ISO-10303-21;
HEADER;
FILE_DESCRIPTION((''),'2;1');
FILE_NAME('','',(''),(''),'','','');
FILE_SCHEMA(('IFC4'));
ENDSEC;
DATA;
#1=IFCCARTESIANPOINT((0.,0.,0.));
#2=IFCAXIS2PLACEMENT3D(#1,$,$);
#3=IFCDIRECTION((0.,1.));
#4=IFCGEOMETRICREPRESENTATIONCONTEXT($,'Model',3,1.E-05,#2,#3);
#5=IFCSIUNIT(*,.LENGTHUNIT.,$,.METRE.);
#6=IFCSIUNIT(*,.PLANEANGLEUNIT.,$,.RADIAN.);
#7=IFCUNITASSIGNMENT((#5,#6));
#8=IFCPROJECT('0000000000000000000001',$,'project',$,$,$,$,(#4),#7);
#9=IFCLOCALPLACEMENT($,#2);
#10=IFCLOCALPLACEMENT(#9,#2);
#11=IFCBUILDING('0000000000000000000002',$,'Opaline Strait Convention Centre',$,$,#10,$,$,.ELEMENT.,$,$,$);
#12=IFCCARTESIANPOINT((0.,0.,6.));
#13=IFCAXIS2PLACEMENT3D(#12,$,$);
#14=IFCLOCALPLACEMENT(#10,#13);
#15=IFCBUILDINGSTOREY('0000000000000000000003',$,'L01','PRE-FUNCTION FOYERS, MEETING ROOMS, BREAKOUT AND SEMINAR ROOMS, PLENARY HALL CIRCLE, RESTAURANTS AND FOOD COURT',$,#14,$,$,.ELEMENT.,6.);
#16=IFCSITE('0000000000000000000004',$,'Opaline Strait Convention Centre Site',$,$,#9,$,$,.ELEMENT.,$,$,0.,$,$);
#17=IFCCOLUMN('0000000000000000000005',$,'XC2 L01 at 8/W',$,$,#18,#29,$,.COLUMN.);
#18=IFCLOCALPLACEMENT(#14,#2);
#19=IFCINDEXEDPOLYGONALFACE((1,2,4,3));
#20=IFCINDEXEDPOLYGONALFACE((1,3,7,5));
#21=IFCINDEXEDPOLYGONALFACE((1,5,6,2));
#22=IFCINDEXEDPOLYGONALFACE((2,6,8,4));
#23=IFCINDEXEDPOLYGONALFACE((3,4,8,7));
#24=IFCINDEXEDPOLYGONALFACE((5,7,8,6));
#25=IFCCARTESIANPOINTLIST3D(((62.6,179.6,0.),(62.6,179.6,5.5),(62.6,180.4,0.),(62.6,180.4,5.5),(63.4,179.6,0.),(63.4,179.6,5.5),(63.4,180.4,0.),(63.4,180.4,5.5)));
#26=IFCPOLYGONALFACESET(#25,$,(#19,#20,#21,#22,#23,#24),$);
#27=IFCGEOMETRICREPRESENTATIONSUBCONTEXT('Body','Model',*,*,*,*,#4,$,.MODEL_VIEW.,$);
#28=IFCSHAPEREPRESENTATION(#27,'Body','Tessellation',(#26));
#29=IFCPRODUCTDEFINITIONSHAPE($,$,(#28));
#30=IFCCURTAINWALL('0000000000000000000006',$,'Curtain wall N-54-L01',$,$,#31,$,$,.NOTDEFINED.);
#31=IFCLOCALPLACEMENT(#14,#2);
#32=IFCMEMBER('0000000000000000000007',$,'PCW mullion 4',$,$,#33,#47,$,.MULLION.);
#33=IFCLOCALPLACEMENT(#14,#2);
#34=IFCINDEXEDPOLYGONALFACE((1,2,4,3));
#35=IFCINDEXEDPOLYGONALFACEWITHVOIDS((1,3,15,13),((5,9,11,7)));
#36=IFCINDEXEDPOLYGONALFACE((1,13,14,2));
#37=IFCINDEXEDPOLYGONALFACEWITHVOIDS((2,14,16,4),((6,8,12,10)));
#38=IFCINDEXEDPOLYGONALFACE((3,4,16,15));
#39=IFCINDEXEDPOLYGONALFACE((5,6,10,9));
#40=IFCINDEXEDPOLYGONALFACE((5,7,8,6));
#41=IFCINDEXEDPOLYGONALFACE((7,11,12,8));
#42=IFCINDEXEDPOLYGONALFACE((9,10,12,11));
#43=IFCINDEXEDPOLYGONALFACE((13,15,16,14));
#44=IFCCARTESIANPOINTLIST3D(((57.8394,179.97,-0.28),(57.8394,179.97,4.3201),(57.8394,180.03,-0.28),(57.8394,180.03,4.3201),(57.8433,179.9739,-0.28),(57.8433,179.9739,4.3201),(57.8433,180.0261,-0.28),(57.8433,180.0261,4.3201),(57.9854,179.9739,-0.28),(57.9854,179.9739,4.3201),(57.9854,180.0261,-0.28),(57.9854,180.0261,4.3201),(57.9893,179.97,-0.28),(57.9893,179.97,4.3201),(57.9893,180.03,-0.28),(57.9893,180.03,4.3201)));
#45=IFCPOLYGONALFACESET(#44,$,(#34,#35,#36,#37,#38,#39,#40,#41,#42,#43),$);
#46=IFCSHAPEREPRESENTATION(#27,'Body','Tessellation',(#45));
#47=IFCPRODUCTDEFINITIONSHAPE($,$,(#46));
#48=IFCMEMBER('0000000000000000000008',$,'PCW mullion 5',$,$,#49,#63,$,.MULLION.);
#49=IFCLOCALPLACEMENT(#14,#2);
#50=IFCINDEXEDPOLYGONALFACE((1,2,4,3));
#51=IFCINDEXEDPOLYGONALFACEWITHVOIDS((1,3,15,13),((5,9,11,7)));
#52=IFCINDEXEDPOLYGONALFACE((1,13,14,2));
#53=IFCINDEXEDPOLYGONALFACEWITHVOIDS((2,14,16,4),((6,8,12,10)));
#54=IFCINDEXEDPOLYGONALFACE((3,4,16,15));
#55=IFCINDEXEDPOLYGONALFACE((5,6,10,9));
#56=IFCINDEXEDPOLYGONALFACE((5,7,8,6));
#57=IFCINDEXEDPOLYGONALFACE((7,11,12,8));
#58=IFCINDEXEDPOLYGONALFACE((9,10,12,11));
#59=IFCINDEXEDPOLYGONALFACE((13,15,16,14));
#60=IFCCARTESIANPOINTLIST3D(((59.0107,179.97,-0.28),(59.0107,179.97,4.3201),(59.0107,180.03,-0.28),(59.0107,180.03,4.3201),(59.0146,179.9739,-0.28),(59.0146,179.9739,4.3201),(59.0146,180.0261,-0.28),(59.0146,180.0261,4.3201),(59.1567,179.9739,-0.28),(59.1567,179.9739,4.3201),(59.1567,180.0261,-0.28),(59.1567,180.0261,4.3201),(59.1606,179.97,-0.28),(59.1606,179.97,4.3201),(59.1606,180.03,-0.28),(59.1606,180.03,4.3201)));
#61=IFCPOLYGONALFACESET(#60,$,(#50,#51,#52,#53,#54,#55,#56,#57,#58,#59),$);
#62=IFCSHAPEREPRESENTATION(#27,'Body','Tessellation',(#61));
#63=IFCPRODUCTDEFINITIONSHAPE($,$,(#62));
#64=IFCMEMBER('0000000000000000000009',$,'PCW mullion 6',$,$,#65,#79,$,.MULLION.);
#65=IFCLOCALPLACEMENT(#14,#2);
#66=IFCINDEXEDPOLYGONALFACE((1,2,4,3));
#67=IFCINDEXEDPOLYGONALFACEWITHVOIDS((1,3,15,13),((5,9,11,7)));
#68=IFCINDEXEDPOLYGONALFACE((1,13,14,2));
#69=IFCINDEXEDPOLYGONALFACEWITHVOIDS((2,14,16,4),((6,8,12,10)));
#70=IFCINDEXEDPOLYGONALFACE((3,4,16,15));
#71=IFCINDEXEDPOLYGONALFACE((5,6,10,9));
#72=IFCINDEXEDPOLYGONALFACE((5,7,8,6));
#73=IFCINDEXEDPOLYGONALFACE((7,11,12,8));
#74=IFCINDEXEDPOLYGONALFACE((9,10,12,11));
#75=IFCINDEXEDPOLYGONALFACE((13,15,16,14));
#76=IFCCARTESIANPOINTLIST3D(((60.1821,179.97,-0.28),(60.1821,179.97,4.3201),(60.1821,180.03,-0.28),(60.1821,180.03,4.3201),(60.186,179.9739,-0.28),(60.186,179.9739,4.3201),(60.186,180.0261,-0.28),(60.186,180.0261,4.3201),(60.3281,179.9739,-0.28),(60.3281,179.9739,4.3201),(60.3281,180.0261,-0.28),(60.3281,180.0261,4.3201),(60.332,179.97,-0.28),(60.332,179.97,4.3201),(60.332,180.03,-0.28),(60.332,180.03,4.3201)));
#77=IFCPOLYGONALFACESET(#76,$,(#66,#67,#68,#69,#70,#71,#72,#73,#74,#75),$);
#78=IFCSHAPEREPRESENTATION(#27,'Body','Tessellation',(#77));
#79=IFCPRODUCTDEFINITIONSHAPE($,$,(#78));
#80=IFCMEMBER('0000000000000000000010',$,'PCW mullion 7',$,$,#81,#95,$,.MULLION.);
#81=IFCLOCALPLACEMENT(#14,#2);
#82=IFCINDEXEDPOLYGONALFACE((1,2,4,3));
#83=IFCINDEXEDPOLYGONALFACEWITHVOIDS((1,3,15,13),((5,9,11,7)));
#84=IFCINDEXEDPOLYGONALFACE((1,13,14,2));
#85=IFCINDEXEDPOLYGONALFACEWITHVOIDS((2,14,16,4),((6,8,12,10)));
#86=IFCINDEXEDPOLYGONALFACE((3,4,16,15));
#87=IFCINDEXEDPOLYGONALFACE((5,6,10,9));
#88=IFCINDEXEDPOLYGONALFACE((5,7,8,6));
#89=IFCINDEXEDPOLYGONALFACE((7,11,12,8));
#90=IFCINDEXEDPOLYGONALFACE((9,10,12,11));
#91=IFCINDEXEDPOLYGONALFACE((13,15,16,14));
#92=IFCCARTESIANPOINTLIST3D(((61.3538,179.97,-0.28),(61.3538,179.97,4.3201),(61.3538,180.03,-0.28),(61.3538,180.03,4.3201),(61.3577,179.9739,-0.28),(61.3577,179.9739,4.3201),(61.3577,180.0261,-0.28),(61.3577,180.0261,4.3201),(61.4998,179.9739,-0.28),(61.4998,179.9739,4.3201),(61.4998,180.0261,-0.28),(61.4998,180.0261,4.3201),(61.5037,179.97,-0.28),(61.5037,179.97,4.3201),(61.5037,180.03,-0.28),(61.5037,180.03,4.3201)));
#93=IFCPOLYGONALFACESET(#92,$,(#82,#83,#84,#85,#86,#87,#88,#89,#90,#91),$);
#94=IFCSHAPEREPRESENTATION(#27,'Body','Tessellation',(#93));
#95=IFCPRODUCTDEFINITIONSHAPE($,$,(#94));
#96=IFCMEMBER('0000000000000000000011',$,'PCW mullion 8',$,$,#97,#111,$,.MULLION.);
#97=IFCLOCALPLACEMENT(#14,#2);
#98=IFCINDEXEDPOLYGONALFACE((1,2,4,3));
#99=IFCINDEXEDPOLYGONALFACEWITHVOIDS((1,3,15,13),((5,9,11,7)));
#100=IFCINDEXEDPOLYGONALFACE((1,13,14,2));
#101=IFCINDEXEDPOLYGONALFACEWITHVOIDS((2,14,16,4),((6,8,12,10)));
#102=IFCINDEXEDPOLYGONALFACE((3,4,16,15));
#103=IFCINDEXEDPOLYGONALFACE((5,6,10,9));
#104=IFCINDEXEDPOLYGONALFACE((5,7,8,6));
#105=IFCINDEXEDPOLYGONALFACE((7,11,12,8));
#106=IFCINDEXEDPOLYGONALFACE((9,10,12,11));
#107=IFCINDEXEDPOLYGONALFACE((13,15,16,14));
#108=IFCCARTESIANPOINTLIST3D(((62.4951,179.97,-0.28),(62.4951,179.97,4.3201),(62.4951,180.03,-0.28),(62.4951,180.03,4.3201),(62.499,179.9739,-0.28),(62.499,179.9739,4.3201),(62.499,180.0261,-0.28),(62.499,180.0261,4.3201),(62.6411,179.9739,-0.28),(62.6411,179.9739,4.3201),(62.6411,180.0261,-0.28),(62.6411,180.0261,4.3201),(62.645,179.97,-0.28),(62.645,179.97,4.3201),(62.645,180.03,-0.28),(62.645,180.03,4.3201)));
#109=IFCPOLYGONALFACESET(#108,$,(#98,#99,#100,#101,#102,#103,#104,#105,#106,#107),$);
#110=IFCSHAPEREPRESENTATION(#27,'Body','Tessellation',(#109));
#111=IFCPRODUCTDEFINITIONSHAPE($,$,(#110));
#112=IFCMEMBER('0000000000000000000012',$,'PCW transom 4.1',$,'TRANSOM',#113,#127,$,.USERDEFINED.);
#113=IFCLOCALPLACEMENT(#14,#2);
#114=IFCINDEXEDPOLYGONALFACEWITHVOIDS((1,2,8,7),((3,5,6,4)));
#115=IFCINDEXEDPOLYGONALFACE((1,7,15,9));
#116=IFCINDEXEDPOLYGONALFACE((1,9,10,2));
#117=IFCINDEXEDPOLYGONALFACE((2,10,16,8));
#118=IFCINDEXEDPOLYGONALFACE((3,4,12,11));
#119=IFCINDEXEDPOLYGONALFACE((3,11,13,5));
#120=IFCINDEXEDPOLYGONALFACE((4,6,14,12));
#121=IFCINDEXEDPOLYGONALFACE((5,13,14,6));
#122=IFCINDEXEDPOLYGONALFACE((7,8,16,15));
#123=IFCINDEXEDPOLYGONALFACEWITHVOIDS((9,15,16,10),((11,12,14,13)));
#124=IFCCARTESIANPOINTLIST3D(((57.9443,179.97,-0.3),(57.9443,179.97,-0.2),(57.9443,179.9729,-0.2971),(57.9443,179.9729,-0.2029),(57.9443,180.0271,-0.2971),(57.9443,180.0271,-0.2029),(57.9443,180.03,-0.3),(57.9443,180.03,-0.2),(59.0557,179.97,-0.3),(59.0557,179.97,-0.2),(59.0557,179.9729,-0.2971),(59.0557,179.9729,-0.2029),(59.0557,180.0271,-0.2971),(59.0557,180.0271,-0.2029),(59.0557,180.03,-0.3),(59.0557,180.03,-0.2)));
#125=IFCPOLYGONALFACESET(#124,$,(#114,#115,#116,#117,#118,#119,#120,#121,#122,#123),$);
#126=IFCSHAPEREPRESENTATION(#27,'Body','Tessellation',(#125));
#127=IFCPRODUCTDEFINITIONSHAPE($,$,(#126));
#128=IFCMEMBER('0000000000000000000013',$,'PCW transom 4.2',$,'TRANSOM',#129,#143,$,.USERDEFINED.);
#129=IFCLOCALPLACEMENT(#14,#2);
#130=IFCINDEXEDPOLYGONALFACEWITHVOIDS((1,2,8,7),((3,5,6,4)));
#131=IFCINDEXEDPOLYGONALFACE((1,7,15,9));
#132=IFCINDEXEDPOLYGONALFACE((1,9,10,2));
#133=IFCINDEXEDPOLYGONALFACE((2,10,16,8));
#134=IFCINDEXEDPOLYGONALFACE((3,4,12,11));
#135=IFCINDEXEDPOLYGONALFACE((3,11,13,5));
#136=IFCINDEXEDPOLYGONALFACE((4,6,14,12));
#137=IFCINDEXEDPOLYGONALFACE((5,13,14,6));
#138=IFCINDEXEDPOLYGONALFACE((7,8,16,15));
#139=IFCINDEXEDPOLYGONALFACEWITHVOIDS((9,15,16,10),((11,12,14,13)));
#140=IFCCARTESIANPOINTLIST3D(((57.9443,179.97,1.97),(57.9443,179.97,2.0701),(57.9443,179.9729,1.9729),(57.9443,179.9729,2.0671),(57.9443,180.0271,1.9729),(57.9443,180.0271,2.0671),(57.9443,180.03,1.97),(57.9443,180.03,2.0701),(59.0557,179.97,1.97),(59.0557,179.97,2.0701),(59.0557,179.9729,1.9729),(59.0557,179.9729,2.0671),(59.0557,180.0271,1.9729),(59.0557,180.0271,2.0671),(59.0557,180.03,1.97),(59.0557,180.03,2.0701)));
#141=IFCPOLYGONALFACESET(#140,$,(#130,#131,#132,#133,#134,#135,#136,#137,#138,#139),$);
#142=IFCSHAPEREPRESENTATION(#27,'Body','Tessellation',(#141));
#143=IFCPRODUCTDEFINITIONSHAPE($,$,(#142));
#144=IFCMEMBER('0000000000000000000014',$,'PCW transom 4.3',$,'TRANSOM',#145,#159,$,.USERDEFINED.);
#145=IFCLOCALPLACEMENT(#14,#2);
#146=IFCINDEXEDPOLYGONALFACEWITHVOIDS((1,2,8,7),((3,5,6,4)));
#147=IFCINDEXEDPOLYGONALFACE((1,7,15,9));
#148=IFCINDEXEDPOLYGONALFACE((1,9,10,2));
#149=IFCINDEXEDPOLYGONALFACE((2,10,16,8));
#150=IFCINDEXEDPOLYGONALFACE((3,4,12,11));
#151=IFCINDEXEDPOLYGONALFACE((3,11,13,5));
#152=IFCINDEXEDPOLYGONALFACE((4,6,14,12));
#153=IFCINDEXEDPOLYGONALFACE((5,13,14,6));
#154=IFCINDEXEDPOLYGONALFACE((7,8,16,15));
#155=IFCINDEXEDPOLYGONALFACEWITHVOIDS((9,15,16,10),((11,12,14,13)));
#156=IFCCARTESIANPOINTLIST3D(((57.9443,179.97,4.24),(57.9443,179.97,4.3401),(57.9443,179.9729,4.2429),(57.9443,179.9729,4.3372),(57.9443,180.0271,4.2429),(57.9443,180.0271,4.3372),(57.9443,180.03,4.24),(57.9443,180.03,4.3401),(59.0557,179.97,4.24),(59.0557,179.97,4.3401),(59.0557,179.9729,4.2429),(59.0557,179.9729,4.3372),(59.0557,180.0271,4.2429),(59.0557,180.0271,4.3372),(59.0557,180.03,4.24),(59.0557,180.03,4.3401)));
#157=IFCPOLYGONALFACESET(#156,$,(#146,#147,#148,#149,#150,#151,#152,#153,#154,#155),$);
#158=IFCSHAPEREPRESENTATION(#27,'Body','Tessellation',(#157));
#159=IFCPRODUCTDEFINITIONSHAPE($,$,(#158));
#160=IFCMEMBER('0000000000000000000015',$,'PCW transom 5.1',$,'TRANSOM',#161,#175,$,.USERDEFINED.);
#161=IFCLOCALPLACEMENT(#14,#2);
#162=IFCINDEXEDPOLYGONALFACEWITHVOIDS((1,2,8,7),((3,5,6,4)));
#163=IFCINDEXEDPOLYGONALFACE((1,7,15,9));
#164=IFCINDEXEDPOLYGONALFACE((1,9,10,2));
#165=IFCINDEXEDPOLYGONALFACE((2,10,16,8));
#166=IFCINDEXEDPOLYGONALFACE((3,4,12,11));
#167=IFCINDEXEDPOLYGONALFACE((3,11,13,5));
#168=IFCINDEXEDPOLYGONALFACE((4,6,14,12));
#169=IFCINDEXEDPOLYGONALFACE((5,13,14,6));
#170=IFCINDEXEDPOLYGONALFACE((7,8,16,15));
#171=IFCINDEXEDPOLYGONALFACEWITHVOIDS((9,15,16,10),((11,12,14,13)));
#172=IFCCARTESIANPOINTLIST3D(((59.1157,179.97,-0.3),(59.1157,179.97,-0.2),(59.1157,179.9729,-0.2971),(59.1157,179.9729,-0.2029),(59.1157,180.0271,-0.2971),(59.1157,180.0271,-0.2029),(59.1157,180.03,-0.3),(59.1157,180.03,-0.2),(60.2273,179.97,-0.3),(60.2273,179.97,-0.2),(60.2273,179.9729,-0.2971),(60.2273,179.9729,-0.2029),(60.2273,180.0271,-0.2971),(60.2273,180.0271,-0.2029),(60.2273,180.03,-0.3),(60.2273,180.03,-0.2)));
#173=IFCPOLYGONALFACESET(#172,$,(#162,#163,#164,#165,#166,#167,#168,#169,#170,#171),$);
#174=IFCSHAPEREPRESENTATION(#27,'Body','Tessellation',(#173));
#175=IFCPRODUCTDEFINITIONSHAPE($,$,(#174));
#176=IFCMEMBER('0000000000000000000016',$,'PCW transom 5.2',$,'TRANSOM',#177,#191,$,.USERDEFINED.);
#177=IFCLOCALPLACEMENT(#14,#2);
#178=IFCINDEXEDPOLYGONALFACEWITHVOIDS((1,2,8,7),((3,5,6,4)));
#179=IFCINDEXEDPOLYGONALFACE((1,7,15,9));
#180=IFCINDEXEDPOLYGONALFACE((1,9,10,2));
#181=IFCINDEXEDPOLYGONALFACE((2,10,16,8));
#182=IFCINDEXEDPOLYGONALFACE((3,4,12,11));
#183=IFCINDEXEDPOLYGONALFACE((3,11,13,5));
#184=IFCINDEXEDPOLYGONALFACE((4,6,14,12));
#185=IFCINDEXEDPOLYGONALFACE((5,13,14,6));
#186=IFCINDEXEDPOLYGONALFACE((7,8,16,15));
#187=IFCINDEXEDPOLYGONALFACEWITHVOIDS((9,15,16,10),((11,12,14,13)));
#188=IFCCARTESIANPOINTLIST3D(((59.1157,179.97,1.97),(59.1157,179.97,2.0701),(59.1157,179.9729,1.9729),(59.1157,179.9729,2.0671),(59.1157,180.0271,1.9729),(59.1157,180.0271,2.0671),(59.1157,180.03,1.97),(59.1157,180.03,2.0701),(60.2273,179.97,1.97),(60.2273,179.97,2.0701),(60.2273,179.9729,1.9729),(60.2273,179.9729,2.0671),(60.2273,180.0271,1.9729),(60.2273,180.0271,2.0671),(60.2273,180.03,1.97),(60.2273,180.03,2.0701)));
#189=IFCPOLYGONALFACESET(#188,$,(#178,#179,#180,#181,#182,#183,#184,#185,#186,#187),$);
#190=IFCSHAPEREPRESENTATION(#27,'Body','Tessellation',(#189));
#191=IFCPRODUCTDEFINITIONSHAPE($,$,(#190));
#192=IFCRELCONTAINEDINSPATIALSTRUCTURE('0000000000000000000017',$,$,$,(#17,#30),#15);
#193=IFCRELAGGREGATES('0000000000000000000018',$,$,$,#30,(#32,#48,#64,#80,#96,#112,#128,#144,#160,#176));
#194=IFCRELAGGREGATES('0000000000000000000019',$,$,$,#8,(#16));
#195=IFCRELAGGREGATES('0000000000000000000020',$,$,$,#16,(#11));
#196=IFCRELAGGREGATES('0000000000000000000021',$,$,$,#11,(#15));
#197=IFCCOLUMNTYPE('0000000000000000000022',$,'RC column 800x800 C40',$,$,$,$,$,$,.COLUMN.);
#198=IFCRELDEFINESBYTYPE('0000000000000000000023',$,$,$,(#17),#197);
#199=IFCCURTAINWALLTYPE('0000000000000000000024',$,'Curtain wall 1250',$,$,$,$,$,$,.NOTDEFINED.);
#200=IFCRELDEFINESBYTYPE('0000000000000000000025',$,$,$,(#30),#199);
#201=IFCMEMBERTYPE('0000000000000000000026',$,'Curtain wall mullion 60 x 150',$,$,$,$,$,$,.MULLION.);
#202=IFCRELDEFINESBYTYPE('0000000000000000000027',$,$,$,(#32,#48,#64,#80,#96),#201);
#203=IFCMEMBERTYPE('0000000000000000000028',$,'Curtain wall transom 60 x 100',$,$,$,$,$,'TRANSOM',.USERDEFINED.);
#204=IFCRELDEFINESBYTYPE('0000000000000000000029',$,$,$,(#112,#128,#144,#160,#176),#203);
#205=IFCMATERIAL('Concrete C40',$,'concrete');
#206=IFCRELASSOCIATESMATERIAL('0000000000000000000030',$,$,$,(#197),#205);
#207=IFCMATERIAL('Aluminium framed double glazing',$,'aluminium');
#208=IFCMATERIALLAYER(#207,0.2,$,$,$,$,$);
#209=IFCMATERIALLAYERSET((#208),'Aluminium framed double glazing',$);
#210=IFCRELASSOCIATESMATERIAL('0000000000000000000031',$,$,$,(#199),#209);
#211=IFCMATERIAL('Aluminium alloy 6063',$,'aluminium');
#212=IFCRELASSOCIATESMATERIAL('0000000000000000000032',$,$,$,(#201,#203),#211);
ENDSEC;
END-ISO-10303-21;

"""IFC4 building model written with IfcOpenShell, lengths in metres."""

from ifc_helpers import new_model, si_unit, direction, frame, origin, origin_2d, place, context, subcontext, project, spatial, rectangle, hollow_rectangle, extrude, material, layer, layer_set, material_profile, profile_set, type_object, element, aggregate, save


model = new_model("IFC4")

# Units and contexts
model_context = context("Model", 3, precision=1e-05, world=origin(), true_north=direction((0.0, 1.0)))
body_context = subcontext(model_context, "Body", "Model", "MODEL_VIEW")
ifc_project = project(units=[si_unit("LENGTHUNIT", "METRE"), si_unit("PLANEANGLEUNIT", "RADIAN")], contexts=[model_context])

# Site, building, storey
site_placement = place(None, origin())
site = spatial("IfcSite", under=ifc_project, at=site_placement, Name="Opaline Strait Convention Centre Site", CompositionType="ELEMENT", RefElevation=0.0)
building_placement = place(site_placement, origin())
building = spatial("IfcBuilding", under=site, at=building_placement, Name="Opaline Strait Convention Centre", CompositionType="ELEMENT")
storey_placement = place(building_placement, frame((0.0, 0.0, 6.0)))
storey = spatial("IfcBuildingStorey", under=building, at=storey_placement, Name="L01", Description="PRE-FUNCTION FOYERS, MEETING ROOMS, BREAKOUT AND SEMINAR ROOMS, PLENARY HALL CIRCLE, RESTAURANTS AND FOOD COURT", CompositionType="ELEMENT", Elevation=6.0)

# Column
ifc_material_1 = material(Name="Concrete C40", Category="concrete")
ifc_material_profile_1 = material_profile(ifc_material_1, rectangle(XDim=0.8, YDim=0.8, at=origin_2d()), Name="RC 800x800")
ifc_profile_set_1 = profile_set([ifc_material_profile_1], Name="Concrete C40")
column_type = type_object("IfcColumnType", Name="RC column 800x800 C40", PredefinedType="COLUMN", material=ifc_profile_set_1)
column_placement = place(storey_placement, frame((63.0, 180.0, 0.0), z_axis=(0.0, 0.0, 1.0), x_axis=(1.0, 0.0, 0.0)))
element("IfcColumn", 1, at=column_placement, inside=storey, type_object=column_type, Name="XC2 L01 at 8/W", PredefinedType="COLUMN", context=body_context, shape_type="SweptSolid", body=[
    extrude(rectangle(XDim=0.8, YDim=0.8, at=origin_2d()), origin(), (0.0, 0.0, 1.0), 5.5),
])

# Curtain wall, members
ifc_material_2 = material(Name="Aluminium framed double glazing", Category="aluminium")
ifc_layer_1 = layer(ifc_material_2, 0.2)
ifc_layer_set_1 = layer_set([ifc_layer_1], Name="Aluminium framed double glazing")
curtain_wall_type = type_object("IfcCurtainWallType", Name="Curtain wall 1250", PredefinedType="NOTDEFINED", material=ifc_layer_set_1)
curtain_wall_placement = place(storey_placement, origin())
curtain_wall = element("IfcCurtainWall", 2, at=curtain_wall_placement, inside=storey, type_object=curtain_wall_type, Name="Curtain wall N-54-L01", PredefinedType="NOTDEFINED")
ifc_material_3 = material(Name="Aluminium alloy 6063", Category="aluminium")
ifc_material_profile_2 = material_profile(ifc_material_3, hollow_rectangle(XDim=0.0601, YDim=0.1499, WallThickness=0.0039, at=origin_2d()), Name="MULLION 60x150x4")
ifc_profile_set_2 = profile_set([ifc_material_profile_2], Name="Aluminium alloy 6063")
member_type_1 = type_object("IfcMemberType", Name="Curtain wall mullion 60 x 150", PredefinedType="MULLION", material=ifc_profile_set_2)
member_1_placement = place(storey_placement, frame((57.9143, 180.0, -0.28), z_axis=(0.0, 0.0, 1.0), x_axis=(0.0, 1.0, 0.0)))
member_1 = element("IfcMember", 3, at=member_1_placement, type_object=member_type_1, Name="PCW mullion 4", PredefinedType="MULLION", context=body_context, shape_type="SweptSolid", body=[
    extrude(hollow_rectangle(XDim=0.0601, YDim=0.1499, WallThickness=0.0039, at=origin_2d()), origin(), (0.0, 0.0, 1.0), 4.6001),
])
member_2_placement = place(storey_placement, frame((59.0857, 180.0, -0.28), z_axis=(0.0, 0.0, 1.0), x_axis=(0.0, 1.0, 0.0)))
member_2 = element("IfcMember", 4, at=member_2_placement, type_object=member_type_1, Name="PCW mullion 5", PredefinedType="MULLION", context=body_context, shape_type="SweptSolid", body=[
    extrude(hollow_rectangle(XDim=0.0601, YDim=0.1499, WallThickness=0.0039, at=origin_2d()), origin(), (0.0, 0.0, 1.0), 4.6001),
])
member_3_placement = place(storey_placement, frame((60.2571, 180.0, -0.28), z_axis=(0.0, 0.0, 1.0), x_axis=(0.0, 1.0, 0.0)))
member_3 = element("IfcMember", 5, at=member_3_placement, type_object=member_type_1, Name="PCW mullion 6", PredefinedType="MULLION", context=body_context, shape_type="SweptSolid", body=[
    extrude(hollow_rectangle(XDim=0.0601, YDim=0.1499, WallThickness=0.0039, at=origin_2d()), origin(), (0.0, 0.0, 1.0), 4.6001),
])
member_4_placement = place(storey_placement, frame((61.4287, 180.0, -0.28), z_axis=(0.0, 0.0, 1.0), x_axis=(0.0, 1.0, 0.0)))
member_4 = element("IfcMember", 6, at=member_4_placement, type_object=member_type_1, Name="PCW mullion 7", PredefinedType="MULLION", context=body_context, shape_type="SweptSolid", body=[
    extrude(hollow_rectangle(XDim=0.0601, YDim=0.1499, WallThickness=0.0039, at=origin_2d()), origin(), (0.0, 0.0, 1.0), 4.6001),
])
member_5_placement = place(storey_placement, frame((62.5701, 180.0, -0.28), z_axis=(0.0, 0.0, 1.0), x_axis=(0.0, 1.0, 0.0)))
member_5 = element("IfcMember", 7, at=member_5_placement, type_object=member_type_1, Name="PCW mullion 8", PredefinedType="MULLION", context=body_context, shape_type="SweptSolid", body=[
    extrude(hollow_rectangle(XDim=0.0601, YDim=0.1499, WallThickness=0.0039, at=origin_2d()), origin(), (0.0, 0.0, 1.0), 4.6001),
])
ifc_material_profile_3 = material_profile(ifc_material_3, hollow_rectangle(XDim=0.0601, YDim=0.1001, WallThickness=0.0029, at=origin_2d()), Name="TRANSOM 60x100x3")
ifc_profile_set_3 = profile_set([ifc_material_profile_3], Name="Aluminium alloy 6063")
member_type_2 = type_object("IfcMemberType", Name="Curtain wall transom 60 x 100", ElementType="TRANSOM", PredefinedType="USERDEFINED", material=ifc_profile_set_3)
member_6_placement = place(storey_placement, frame((57.9443, 180.0, -0.25), z_axis=(1.0, 0.0, 0.0), x_axis=(0.0, 1.0, 0.0)))
member_6 = element("IfcMember", 8, at=member_6_placement, type_object=member_type_2, Name="PCW transom 4.1", ObjectType="TRANSOM", PredefinedType="USERDEFINED", context=body_context, shape_type="SweptSolid", body=[
    extrude(hollow_rectangle(XDim=0.0601, YDim=0.1001, WallThickness=0.0029, at=origin_2d()), origin(), (0.0, 0.0, 1.0), 1.1113),
])
member_7_placement = place(storey_placement, frame((57.9443, 180.0, 2.02), z_axis=(1.0, 0.0, 0.0), x_axis=(0.0, 1.0, 0.0)))
member_7 = element("IfcMember", 9, at=member_7_placement, type_object=member_type_2, Name="PCW transom 4.2", ObjectType="TRANSOM", PredefinedType="USERDEFINED", context=body_context, shape_type="SweptSolid", body=[
    extrude(hollow_rectangle(XDim=0.0601, YDim=0.1001, WallThickness=0.0029, at=origin_2d()), origin(), (0.0, 0.0, 1.0), 1.1113),
])
member_8_placement = place(storey_placement, frame((57.9443, 180.0, 4.29), z_axis=(1.0, 0.0, 0.0), x_axis=(0.0, 1.0, 0.0)))
member_8 = element("IfcMember", 10, at=member_8_placement, type_object=member_type_2, Name="PCW transom 4.3", ObjectType="TRANSOM", PredefinedType="USERDEFINED", context=body_context, shape_type="SweptSolid", body=[
    extrude(hollow_rectangle(XDim=0.0601, YDim=0.1001, WallThickness=0.0029, at=origin_2d()), origin(), (0.0, 0.0, 1.0), 1.1113),
])
member_9_placement = place(storey_placement, frame((59.1157, 180.0, -0.25), z_axis=(1.0, 0.0, 0.0), x_axis=(0.0, 1.0, 0.0)))
member_9 = element("IfcMember", 11, at=member_9_placement, type_object=member_type_2, Name="PCW transom 5.1", ObjectType="TRANSOM", PredefinedType="USERDEFINED", context=body_context, shape_type="SweptSolid", body=[
    extrude(hollow_rectangle(XDim=0.0601, YDim=0.1001, WallThickness=0.0029, at=origin_2d()), origin(), (0.0, 0.0, 1.0), 1.1116),
])
member_10_placement = place(storey_placement, frame((59.1157, 180.0, 2.02), z_axis=(1.0, 0.0, 0.0), x_axis=(0.0, 1.0, 0.0)))
member_10 = element("IfcMember", 12, at=member_10_placement, type_object=member_type_2, Name="PCW transom 5.2", ObjectType="TRANSOM", PredefinedType="USERDEFINED", context=body_context, shape_type="SweptSolid", body=[
    extrude(hollow_rectangle(XDim=0.0601, YDim=0.1001, WallThickness=0.0029, at=origin_2d()), origin(), (0.0, 0.0, 1.0), 1.1116),
])
aggregate(curtain_wall, [member_1, member_2, member_3, member_4, member_5, member_6, member_7, member_8, member_9, member_10])

save(model, "model.ifc")
